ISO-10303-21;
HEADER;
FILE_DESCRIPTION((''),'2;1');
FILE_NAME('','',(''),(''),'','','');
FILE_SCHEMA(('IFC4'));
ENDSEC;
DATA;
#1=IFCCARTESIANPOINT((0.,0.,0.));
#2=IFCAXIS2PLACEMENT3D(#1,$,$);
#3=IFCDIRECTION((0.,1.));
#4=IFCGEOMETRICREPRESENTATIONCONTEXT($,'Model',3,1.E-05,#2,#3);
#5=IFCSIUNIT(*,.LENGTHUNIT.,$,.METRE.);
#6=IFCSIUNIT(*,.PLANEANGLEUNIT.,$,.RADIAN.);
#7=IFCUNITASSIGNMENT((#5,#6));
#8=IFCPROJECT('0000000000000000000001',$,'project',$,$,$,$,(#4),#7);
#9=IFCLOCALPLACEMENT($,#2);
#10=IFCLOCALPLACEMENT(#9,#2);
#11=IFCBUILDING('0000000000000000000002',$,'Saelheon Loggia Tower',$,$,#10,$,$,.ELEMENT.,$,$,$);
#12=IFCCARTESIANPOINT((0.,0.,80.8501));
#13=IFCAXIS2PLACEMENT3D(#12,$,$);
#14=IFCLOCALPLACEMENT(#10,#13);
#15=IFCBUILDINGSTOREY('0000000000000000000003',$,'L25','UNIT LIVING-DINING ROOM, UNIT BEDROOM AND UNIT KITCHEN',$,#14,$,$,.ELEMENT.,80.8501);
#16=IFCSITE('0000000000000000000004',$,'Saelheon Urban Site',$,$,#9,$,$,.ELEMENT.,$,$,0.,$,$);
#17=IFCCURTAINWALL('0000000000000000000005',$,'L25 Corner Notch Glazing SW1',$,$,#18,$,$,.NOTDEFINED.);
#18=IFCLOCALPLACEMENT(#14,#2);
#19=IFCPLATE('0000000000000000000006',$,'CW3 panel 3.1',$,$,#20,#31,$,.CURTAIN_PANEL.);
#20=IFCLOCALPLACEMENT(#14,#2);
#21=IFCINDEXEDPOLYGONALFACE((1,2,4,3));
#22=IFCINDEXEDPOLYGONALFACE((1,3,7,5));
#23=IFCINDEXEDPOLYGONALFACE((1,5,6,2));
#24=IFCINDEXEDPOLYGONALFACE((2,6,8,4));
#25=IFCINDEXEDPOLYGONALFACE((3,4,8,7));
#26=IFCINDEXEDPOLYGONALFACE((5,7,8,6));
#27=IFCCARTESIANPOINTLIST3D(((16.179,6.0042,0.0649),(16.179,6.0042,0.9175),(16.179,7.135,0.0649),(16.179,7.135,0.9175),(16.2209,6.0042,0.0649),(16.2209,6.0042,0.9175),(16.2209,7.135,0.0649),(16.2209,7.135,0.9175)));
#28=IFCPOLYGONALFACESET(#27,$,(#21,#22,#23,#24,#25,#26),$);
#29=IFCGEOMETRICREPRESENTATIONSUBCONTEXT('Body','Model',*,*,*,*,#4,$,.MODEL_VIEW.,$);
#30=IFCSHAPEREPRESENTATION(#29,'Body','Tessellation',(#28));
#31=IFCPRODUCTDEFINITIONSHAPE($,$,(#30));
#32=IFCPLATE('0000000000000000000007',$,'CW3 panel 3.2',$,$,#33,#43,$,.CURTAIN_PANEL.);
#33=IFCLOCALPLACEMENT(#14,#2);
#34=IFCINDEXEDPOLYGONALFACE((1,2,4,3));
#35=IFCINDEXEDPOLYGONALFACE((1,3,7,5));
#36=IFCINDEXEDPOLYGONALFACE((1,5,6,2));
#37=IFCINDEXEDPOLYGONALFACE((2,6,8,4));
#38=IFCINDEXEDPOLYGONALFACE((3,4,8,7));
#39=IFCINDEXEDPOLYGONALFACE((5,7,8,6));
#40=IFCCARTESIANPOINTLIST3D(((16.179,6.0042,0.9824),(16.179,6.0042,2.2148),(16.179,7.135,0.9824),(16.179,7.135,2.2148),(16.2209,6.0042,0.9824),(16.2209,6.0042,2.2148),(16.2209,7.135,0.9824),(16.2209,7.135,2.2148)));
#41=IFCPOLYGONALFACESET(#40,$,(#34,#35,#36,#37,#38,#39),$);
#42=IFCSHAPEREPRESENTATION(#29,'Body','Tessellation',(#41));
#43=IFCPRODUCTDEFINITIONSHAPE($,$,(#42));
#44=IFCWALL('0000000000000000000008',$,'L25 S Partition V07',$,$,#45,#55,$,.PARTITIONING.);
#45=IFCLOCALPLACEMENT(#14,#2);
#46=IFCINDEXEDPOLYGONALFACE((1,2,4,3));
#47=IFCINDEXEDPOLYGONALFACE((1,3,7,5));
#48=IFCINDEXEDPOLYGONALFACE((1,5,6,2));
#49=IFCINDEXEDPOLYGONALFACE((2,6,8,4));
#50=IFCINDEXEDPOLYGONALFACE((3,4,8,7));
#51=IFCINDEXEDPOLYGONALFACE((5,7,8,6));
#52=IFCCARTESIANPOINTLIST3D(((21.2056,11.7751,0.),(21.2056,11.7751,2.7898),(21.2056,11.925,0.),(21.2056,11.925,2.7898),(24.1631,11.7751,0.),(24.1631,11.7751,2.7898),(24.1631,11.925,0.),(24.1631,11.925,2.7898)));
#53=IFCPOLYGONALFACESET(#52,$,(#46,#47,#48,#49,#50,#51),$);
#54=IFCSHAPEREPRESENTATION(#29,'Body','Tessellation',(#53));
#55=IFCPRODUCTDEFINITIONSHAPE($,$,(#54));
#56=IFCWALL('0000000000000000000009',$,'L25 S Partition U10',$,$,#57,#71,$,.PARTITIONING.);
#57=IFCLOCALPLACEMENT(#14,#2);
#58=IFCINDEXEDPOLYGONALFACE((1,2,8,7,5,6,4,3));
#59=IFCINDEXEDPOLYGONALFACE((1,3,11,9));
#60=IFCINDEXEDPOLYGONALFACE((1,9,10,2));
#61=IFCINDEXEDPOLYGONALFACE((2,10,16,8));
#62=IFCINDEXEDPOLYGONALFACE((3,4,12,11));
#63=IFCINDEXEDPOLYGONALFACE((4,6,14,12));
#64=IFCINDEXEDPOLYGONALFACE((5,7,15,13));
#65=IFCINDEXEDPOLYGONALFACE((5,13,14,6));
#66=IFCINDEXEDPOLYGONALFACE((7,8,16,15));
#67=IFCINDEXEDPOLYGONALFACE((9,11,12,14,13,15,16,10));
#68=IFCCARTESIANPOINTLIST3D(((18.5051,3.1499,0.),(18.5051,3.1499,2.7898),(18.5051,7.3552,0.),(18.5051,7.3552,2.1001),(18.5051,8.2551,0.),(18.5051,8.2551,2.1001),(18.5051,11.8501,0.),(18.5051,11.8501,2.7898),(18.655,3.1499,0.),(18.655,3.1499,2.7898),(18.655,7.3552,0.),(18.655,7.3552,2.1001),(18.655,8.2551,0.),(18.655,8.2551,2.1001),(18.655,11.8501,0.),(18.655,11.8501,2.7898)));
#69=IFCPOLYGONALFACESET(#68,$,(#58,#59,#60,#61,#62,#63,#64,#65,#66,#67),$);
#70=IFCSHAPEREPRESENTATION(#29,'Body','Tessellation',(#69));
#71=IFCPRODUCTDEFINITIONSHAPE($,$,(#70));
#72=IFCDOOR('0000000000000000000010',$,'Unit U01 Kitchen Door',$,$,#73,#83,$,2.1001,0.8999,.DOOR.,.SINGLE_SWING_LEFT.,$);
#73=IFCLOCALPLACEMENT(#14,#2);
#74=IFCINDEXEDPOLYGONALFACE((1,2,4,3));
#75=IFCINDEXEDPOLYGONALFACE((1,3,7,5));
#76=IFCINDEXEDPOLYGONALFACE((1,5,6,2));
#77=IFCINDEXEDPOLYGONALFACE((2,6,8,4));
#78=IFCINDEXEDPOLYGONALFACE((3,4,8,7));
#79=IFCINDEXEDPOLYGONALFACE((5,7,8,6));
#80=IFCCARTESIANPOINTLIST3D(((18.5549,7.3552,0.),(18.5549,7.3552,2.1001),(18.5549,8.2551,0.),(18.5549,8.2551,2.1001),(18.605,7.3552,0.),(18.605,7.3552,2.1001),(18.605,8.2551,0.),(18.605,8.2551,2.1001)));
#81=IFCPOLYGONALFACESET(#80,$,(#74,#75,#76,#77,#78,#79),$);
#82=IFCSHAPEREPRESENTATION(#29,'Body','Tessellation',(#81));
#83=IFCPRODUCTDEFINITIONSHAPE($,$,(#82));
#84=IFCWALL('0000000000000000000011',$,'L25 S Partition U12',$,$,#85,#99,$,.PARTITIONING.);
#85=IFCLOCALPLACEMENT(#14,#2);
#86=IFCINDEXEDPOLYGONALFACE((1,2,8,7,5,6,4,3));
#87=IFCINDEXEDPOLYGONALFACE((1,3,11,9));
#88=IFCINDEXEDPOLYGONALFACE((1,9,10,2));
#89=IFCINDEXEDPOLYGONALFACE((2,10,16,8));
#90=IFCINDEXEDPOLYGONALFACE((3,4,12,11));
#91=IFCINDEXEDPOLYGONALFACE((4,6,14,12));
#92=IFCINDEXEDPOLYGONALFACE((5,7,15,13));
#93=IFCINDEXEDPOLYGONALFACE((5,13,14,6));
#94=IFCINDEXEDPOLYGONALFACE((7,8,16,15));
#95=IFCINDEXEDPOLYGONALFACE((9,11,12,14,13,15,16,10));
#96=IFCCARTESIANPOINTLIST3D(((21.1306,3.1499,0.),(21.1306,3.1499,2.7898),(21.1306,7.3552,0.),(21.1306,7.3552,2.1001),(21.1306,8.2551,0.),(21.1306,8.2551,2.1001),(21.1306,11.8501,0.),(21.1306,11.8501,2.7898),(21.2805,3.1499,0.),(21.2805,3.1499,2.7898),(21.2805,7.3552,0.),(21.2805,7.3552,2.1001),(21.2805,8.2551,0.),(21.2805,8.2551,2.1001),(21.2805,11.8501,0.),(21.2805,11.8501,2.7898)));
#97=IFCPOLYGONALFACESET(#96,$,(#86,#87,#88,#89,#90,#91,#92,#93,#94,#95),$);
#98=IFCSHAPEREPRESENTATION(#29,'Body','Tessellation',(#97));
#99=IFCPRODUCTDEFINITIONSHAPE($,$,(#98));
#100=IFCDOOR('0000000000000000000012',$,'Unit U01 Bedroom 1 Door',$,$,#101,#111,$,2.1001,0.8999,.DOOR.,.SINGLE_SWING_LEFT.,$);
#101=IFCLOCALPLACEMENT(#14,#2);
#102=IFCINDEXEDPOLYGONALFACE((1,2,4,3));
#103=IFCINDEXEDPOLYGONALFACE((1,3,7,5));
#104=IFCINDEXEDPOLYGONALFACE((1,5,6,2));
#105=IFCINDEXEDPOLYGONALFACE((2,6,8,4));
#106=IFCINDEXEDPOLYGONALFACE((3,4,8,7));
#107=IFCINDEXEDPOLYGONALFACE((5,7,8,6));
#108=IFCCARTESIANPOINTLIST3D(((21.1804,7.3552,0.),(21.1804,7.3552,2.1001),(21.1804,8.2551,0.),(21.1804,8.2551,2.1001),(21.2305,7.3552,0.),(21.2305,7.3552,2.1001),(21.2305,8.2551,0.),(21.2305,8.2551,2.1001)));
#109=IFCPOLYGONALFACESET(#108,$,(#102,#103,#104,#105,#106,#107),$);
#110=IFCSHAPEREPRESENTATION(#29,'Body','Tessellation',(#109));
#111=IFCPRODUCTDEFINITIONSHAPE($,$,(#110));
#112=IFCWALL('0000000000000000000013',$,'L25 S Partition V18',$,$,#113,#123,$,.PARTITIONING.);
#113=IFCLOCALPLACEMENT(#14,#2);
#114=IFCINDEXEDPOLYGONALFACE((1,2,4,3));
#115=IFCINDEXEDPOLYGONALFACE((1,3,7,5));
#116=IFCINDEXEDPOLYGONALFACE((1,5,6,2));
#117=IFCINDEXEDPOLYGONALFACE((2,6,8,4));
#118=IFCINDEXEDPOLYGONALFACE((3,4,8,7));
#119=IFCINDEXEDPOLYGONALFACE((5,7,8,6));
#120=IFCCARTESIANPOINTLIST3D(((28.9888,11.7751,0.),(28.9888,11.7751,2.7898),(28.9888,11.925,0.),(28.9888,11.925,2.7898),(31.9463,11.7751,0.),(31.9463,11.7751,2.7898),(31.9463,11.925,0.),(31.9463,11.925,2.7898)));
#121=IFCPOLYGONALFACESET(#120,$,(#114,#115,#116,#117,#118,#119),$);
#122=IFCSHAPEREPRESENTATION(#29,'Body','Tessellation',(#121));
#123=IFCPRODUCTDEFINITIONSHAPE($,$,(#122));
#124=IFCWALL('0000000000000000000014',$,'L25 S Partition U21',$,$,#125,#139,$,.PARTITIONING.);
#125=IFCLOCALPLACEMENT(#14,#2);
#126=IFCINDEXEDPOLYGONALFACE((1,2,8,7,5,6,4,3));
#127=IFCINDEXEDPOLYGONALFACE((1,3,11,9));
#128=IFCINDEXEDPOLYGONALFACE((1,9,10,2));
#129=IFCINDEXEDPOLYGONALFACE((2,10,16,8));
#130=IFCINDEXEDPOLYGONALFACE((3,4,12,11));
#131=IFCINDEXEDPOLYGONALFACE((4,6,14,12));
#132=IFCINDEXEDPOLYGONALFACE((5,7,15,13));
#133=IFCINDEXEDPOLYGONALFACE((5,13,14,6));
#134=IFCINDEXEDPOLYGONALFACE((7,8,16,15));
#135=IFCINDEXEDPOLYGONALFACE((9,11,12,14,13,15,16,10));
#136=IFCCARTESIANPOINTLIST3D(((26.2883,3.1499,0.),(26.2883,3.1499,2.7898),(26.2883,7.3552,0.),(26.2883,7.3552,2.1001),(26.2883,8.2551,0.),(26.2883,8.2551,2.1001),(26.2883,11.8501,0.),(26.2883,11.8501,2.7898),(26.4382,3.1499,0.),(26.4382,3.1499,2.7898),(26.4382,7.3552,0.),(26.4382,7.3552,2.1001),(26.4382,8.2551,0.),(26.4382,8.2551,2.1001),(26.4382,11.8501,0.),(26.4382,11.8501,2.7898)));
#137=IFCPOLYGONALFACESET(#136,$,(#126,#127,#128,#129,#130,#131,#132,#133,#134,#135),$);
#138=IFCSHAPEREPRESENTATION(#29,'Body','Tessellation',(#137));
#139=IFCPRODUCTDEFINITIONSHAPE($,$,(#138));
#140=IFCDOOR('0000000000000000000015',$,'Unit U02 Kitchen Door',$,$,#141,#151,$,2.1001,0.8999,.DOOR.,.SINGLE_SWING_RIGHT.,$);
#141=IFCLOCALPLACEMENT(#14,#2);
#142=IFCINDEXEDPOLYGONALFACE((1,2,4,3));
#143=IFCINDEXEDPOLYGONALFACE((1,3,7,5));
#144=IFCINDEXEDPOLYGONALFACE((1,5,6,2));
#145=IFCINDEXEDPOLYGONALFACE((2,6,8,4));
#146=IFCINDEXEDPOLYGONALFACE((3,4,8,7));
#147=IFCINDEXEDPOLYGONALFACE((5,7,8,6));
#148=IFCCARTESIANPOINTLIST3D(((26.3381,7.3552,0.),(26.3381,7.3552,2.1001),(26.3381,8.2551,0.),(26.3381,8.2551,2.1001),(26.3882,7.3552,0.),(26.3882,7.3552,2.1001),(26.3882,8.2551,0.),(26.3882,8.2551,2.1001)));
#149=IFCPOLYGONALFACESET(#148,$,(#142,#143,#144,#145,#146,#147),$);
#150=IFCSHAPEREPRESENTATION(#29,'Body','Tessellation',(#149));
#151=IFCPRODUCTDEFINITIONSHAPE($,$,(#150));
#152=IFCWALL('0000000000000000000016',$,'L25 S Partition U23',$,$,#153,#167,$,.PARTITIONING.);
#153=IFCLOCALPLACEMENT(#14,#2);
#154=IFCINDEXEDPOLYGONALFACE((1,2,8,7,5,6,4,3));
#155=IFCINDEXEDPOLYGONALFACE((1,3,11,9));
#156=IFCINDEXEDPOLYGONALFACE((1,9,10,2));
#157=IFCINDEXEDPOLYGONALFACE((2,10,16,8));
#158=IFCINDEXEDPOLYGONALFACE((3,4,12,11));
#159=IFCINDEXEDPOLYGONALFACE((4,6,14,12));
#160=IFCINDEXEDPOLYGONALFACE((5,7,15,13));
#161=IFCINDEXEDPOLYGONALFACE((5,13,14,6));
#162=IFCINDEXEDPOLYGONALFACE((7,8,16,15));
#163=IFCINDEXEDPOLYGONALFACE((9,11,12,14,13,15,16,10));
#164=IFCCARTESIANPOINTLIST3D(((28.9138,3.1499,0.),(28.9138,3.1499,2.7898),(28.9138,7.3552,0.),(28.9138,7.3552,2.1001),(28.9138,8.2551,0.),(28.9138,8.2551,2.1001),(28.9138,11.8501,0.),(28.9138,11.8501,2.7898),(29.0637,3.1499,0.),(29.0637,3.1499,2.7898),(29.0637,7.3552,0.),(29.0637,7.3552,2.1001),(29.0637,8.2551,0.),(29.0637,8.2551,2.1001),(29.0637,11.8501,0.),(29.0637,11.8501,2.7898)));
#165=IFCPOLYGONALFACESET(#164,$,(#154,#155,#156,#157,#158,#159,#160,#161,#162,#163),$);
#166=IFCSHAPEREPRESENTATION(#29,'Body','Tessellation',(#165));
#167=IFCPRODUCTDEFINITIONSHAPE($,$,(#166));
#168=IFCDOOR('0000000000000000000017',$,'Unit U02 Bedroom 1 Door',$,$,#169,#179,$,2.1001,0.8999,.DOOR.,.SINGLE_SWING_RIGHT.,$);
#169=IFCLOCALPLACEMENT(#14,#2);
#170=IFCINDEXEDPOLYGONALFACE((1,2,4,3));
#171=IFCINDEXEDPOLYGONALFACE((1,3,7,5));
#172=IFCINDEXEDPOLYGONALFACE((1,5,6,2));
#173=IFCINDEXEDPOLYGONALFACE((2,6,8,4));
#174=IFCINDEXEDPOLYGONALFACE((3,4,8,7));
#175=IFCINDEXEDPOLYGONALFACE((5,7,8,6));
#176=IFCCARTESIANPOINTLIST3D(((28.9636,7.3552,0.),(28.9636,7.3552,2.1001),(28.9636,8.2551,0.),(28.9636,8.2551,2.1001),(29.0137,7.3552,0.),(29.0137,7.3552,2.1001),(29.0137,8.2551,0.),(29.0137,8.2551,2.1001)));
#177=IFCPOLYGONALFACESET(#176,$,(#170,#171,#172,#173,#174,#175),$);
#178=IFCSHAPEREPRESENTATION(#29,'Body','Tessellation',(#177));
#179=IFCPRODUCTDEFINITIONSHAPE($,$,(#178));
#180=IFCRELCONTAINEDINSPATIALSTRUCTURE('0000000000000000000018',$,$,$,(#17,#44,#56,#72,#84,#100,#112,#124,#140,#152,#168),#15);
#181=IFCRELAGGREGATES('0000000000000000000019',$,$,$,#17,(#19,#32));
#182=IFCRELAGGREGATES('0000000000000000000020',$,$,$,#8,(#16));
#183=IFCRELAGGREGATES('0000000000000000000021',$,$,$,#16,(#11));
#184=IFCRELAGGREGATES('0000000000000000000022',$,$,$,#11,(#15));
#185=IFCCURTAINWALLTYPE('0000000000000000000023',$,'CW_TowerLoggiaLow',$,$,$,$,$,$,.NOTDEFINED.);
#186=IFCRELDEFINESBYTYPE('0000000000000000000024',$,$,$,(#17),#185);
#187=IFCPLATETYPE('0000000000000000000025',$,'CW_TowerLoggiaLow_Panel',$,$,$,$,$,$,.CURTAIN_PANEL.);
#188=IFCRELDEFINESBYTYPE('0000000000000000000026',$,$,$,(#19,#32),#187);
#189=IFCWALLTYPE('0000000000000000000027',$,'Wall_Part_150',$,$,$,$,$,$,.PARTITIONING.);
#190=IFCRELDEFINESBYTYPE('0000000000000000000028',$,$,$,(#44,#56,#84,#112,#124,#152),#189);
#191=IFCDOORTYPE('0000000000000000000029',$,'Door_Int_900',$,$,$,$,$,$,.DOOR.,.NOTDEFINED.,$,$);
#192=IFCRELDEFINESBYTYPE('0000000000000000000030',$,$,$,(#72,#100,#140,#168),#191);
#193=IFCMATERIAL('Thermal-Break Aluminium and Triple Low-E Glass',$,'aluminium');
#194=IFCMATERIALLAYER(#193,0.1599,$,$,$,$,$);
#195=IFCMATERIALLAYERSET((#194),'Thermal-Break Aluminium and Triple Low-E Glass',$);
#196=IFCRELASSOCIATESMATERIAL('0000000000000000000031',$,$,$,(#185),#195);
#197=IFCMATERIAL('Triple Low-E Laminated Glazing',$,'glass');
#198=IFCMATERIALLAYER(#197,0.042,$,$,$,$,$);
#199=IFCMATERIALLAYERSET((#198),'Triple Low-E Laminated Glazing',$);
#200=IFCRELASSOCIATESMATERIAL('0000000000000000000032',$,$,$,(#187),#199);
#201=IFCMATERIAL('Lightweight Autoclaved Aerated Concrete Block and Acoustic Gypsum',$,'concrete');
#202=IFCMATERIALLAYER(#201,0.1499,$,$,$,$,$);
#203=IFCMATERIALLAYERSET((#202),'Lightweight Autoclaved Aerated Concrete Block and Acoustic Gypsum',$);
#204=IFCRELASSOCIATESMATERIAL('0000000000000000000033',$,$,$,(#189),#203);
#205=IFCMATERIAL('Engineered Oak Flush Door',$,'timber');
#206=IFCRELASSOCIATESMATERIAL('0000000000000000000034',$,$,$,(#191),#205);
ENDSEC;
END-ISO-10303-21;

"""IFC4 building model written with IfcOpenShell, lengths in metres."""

from ifc_helpers import new_model, si_unit, direction, frame, frame_2d, origin, origin_2d, place, context, subcontext, project, spatial, rectangle, extrude, source, transform, mapped, material, layer, layer_set, type_object, element, fill, aggregate, save


model = new_model("IFC4")

# Units and contexts
model_context = context("Model", 3, precision=1e-05, world=origin(), true_north=direction((0.0, 1.0)))
body_context = subcontext(model_context, "Body", "Model", "MODEL_VIEW")
ifc_project = project(units=[si_unit("LENGTHUNIT", "METRE"), si_unit("PLANEANGLEUNIT", "RADIAN")], contexts=[model_context])

# Site, building, storey
site_placement = place(None, origin())
site = spatial("IfcSite", under=ifc_project, at=site_placement, Name="Saelheon Urban Site", CompositionType="ELEMENT", RefElevation=0.0)
building_placement = place(site_placement, origin())
building = spatial("IfcBuilding", under=site, at=building_placement, Name="Saelheon Loggia Tower", CompositionType="ELEMENT")
storey_placement = place(building_placement, frame((0.0, 0.0, 80.8501)))
storey = spatial("IfcBuildingStorey", under=building, at=storey_placement, Name="L25", Description="UNIT LIVING-DINING ROOM, UNIT BEDROOM AND UNIT KITCHEN", CompositionType="ELEMENT", Elevation=80.8501)

# Curtain wall, plates
ifc_material_1 = material(Name="Thermal-Break Aluminium and Triple Low-E Glass", Category="aluminium")
ifc_layer_1 = layer(ifc_material_1, 0.1599)
ifc_layer_set_1 = layer_set([ifc_layer_1], Name="Thermal-Break Aluminium and Triple Low-E Glass")
curtain_wall_type = type_object("IfcCurtainWallType", Name="CW_TowerLoggiaLow", PredefinedType="NOTDEFINED", material=ifc_layer_set_1)
curtain_wall_placement = place(storey_placement, origin())
curtain_wall = element("IfcCurtainWall", 1, at=curtain_wall_placement, inside=storey, type_object=curtain_wall_type, Name="L25 Corner Notch Glazing SW1", PredefinedType="NOTDEFINED")
ifc_material_2 = material(Name="Triple Low-E Laminated Glazing", Category="glass")
ifc_layer_2 = layer(ifc_material_2, 0.042)
ifc_layer_set_2 = layer_set([ifc_layer_2], Name="Triple Low-E Laminated Glazing")
plate_type = type_object("IfcPlateType", Name="CW_TowerLoggiaLow_Panel", PredefinedType="CURTAIN_PANEL", material=ifc_layer_set_2)
shared_shape_1 = source(origin(), body_context, "Body", "SweptSolid", [
    extrude(rectangle(XDim=1.1309, YDim=0.042, at=origin_2d()), origin(), (0.0, 0.0, 1.0), 0.8525),
])
plate_1_placement = place(storey_placement, frame((16.2, 6.5696, 0.0649), z_axis=(0.0, 0.0, 1.0), x_axis=(0.0, 1.0, 0.0)))
plate_1 = element("IfcPlate", 2, at=plate_1_placement, type_object=plate_type, Name="CW3 panel 3.1", PredefinedType="CURTAIN_PANEL", context=body_context, shape_type="MappedRepresentation", body=[
    mapped(shared_shape_1, transform((0.0, 0.0, 0.0), scale=1.0)),
])
shared_shape_2 = source(origin(), body_context, "Body", "SweptSolid", [
    extrude(rectangle(XDim=1.1309, YDim=0.042, at=origin_2d()), origin(), (0.0, 0.0, 1.0), 1.2324),
])
plate_2_placement = place(storey_placement, frame((16.2, 6.5696, 0.9824), z_axis=(0.0, 0.0, 1.0), x_axis=(0.0, 1.0, 0.0)))
plate_2 = element("IfcPlate", 3, at=plate_2_placement, type_object=plate_type, Name="CW3 panel 3.2", PredefinedType="CURTAIN_PANEL", context=body_context, shape_type="MappedRepresentation", body=[
    mapped(shared_shape_2, transform((0.0, 0.0, 0.0), scale=1.0)),
])
aggregate(curtain_wall, [plate_1, plate_2])

# Wall
ifc_material_3 = material(Name="Lightweight Autoclaved Aerated Concrete Block and Acoustic Gypsum", Category="concrete")
ifc_layer_3 = layer(ifc_material_3, 0.1499)
ifc_layer_set_3 = layer_set([ifc_layer_3], Name="Lightweight Autoclaved Aerated Concrete Block and Acoustic Gypsum")
wall_type_1 = type_object("IfcWallType", Name="Wall_Part_150", PredefinedType="PARTITIONING", material=ifc_layer_set_3)
wall_1_placement = place(storey_placement, frame((21.2056, 11.8501, 0.0), z_axis=(0.0, 0.0, 1.0), x_axis=(1.0, 0.0, 0.0)))
element("IfcWall", 4, at=wall_1_placement, inside=storey, type_object=wall_type_1, Name="L25 S Partition V07", PredefinedType="PARTITIONING", context=body_context, shape_type="SweptSolid", body=[
    extrude(rectangle(XDim=2.9575, YDim=0.1499, at=frame_2d((1.4788, 0.0))), origin(), (0.0, 0.0, 1.0), 2.7898),
])

# Walls, openings, doors
wall_2_placement = place(storey_placement, frame((18.5801, 11.8501, 0.0), z_axis=(0.0, 0.0, 1.0), x_axis=(0.0, -1.0, 0.0)))
wall_2 = element("IfcWall", 5, at=wall_2_placement, inside=storey, type_object=wall_type_1, Name="L25 S Partition U10", PredefinedType="PARTITIONING", context=body_context, shape_type="SweptSolid", body=[
    extrude(rectangle(XDim=8.7002, YDim=0.1499, at=frame_2d((4.3501, 0.0))), origin(), (0.0, 0.0, 1.0), 2.7898),
])
opening_1_placement = place(wall_2_placement, frame((3.595, 0.0, 0.0)))
opening_1 = element("IfcOpeningElement", 6, at=opening_1_placement, cuts=wall_2, PredefinedType="OPENING", context=body_context, shape_type="SweptSolid", body=[
    extrude(rectangle(XDim=0.8999, YDim=2.1001, at=frame_2d((0.45, 1.05))), frame((0.0, 0.0869, 0.0), z_axis=(0.0, -1.0, 0.0), x_axis=(1.0, 0.0, 0.0)), (0.0, 0.0, 1.0), 0.1738),
])
ifc_material_4 = material(Name="Engineered Oak Flush Door", Category="timber")
door_type = type_object("IfcDoorType", Name="Door_Int_900", OperationType="NOTDEFINED", PredefinedType="DOOR", material=ifc_material_4)
shared_shape_3 = source(origin(), body_context, "Body", "SweptSolid", [
    extrude(rectangle(XDim=0.8999, YDim=2.1001, at=frame_2d((0.45, 1.05))), frame((0.0, 0.0249, 0.0), z_axis=(0.0, -1.0, 0.0), x_axis=(1.0, 0.0, 0.0)), (0.0, 0.0, 1.0), 0.05),
])
door_1_placement = place(opening_1_placement, origin())
door_1 = element("IfcDoor", 7, at=door_1_placement, inside=storey, type_object=door_type, Name="Unit U01 Kitchen Door", OperationType="SINGLE_SWING_LEFT", OverallHeight=2.1001, OverallWidth=0.8999, PredefinedType="DOOR", context=body_context, shape_type="MappedRepresentation", body=[
    mapped(shared_shape_3, transform((0.0, 0.0, 0.0), scale=1.0)),
])
fill(opening_1, door_1)
wall_3_placement = place(storey_placement, frame((21.2056, 11.8501, 0.0), z_axis=(0.0, 0.0, 1.0), x_axis=(0.0, -1.0, 0.0)))
wall_3 = element("IfcWall", 8, at=wall_3_placement, inside=storey, type_object=wall_type_1, Name="L25 S Partition U12", PredefinedType="PARTITIONING", context=body_context, shape_type="SweptSolid", body=[
    extrude(rectangle(XDim=8.7002, YDim=0.1499, at=frame_2d((4.3501, 0.0))), origin(), (0.0, 0.0, 1.0), 2.7898),
])
opening_2_placement = place(wall_3_placement, frame((3.595, 0.0, 0.0)))
opening_2 = element("IfcOpeningElement", 9, at=opening_2_placement, cuts=wall_3, PredefinedType="OPENING", context=body_context, shape_type="SweptSolid", body=[
    extrude(rectangle(XDim=0.8999, YDim=2.1001, at=frame_2d((0.45, 1.05))), frame((0.0, 0.0869, 0.0), z_axis=(0.0, -1.0, 0.0), x_axis=(1.0, 0.0, 0.0)), (0.0, 0.0, 1.0), 0.1738),
])
door_2_placement = place(opening_2_placement, origin())
door_2 = element("IfcDoor", 10, at=door_2_placement, inside=storey, type_object=door_type, Name="Unit U01 Bedroom 1 Door", OperationType="SINGLE_SWING_LEFT", OverallHeight=2.1001, OverallWidth=0.8999, PredefinedType="DOOR", context=body_context, shape_type="MappedRepresentation", body=[
    mapped(shared_shape_3, transform((0.0, 0.0, 0.0), scale=1.0)),
])
fill(opening_2, door_2)

# Wall
wall_4_placement = place(storey_placement, frame((28.9888, 11.8501, 0.0), z_axis=(0.0, 0.0, 1.0), x_axis=(1.0, 0.0, 0.0)))
element("IfcWall", 11, at=wall_4_placement, inside=storey, type_object=wall_type_1, Name="L25 S Partition V18", PredefinedType="PARTITIONING", context=body_context, shape_type="SweptSolid", body=[
    extrude(rectangle(XDim=2.9575, YDim=0.1499, at=frame_2d((1.4788, 0.0))), origin(), (0.0, 0.0, 1.0), 2.7898),
])

# Walls, openings, doors
wall_5_placement = place(storey_placement, frame((26.3633, 11.8501, 0.0), z_axis=(0.0, 0.0, 1.0), x_axis=(0.0, -1.0, 0.0)))
wall_5 = element("IfcWall", 12, at=wall_5_placement, inside=storey, type_object=wall_type_1, Name="L25 S Partition U21", PredefinedType="PARTITIONING", context=body_context, shape_type="SweptSolid", body=[
    extrude(rectangle(XDim=8.7002, YDim=0.1499, at=frame_2d((4.3501, 0.0))), origin(), (0.0, 0.0, 1.0), 2.7898),
])
opening_3_placement = place(wall_5_placement, frame((3.595, 0.0, 0.0)))
opening_3 = element("IfcOpeningElement", 13, at=opening_3_placement, cuts=wall_5, PredefinedType="OPENING", context=body_context, shape_type="SweptSolid", body=[
    extrude(rectangle(XDim=0.8999, YDim=2.1001, at=frame_2d((0.45, 1.05))), frame((0.0, 0.0869, 0.0), z_axis=(0.0, -1.0, 0.0), x_axis=(1.0, 0.0, 0.0)), (0.0, 0.0, 1.0), 0.1738),
])
door_3_placement = place(opening_3_placement, origin())
door_3 = element("IfcDoor", 14, at=door_3_placement, inside=storey, type_object=door_type, Name="Unit U02 Kitchen Door", OperationType="SINGLE_SWING_RIGHT", OverallHeight=2.1001, OverallWidth=0.8999, PredefinedType="DOOR", context=body_context, shape_type="MappedRepresentation", body=[
    mapped(shared_shape_3, transform((0.0, 0.0, 0.0), scale=1.0)),
])
fill(opening_3, door_3)
wall_6_placement = place(storey_placement, frame((28.9888, 11.8501, 0.0), z_axis=(0.0, 0.0, 1.0), x_axis=(0.0, -1.0, 0.0)))
wall_6 = element("IfcWall", 15, at=wall_6_placement, inside=storey, type_object=wall_type_1, Name="L25 S Partition U23", PredefinedType="PARTITIONING", context=body_context, shape_type="SweptSolid", body=[
    extrude(rectangle(XDim=8.7002, YDim=0.1499, at=frame_2d((4.3501, 0.0))), origin(), (0.0, 0.0, 1.0), 2.7898),
])
opening_4_placement = place(wall_6_placement, frame((3.595, 0.0, 0.0)))
opening_4 = element("IfcOpeningElement", 16, at=opening_4_placement, cuts=wall_6, PredefinedType="OPENING", context=body_context, shape_type="SweptSolid", body=[
    extrude(rectangle(XDim=0.8999, YDim=2.1001, at=frame_2d((0.45, 1.05))), frame((0.0, 0.0869, 0.0), z_axis=(0.0, -1.0, 0.0), x_axis=(1.0, 0.0, 0.0)), (0.0, 0.0, 1.0), 0.1738),
])
door_4_placement = place(opening_4_placement, origin())
door_4 = element("IfcDoor", 17, at=door_4_placement, inside=storey, type_object=door_type, Name="Unit U02 Bedroom 1 Door", OperationType="SINGLE_SWING_RIGHT", OverallHeight=2.1001, OverallWidth=0.8999, PredefinedType="DOOR", context=body_context, shape_type="MappedRepresentation", body=[
    mapped(shared_shape_3, transform((0.0, 0.0, 0.0), scale=1.0)),
])
fill(opening_4, door_4)

save(model, "model.ifc")
